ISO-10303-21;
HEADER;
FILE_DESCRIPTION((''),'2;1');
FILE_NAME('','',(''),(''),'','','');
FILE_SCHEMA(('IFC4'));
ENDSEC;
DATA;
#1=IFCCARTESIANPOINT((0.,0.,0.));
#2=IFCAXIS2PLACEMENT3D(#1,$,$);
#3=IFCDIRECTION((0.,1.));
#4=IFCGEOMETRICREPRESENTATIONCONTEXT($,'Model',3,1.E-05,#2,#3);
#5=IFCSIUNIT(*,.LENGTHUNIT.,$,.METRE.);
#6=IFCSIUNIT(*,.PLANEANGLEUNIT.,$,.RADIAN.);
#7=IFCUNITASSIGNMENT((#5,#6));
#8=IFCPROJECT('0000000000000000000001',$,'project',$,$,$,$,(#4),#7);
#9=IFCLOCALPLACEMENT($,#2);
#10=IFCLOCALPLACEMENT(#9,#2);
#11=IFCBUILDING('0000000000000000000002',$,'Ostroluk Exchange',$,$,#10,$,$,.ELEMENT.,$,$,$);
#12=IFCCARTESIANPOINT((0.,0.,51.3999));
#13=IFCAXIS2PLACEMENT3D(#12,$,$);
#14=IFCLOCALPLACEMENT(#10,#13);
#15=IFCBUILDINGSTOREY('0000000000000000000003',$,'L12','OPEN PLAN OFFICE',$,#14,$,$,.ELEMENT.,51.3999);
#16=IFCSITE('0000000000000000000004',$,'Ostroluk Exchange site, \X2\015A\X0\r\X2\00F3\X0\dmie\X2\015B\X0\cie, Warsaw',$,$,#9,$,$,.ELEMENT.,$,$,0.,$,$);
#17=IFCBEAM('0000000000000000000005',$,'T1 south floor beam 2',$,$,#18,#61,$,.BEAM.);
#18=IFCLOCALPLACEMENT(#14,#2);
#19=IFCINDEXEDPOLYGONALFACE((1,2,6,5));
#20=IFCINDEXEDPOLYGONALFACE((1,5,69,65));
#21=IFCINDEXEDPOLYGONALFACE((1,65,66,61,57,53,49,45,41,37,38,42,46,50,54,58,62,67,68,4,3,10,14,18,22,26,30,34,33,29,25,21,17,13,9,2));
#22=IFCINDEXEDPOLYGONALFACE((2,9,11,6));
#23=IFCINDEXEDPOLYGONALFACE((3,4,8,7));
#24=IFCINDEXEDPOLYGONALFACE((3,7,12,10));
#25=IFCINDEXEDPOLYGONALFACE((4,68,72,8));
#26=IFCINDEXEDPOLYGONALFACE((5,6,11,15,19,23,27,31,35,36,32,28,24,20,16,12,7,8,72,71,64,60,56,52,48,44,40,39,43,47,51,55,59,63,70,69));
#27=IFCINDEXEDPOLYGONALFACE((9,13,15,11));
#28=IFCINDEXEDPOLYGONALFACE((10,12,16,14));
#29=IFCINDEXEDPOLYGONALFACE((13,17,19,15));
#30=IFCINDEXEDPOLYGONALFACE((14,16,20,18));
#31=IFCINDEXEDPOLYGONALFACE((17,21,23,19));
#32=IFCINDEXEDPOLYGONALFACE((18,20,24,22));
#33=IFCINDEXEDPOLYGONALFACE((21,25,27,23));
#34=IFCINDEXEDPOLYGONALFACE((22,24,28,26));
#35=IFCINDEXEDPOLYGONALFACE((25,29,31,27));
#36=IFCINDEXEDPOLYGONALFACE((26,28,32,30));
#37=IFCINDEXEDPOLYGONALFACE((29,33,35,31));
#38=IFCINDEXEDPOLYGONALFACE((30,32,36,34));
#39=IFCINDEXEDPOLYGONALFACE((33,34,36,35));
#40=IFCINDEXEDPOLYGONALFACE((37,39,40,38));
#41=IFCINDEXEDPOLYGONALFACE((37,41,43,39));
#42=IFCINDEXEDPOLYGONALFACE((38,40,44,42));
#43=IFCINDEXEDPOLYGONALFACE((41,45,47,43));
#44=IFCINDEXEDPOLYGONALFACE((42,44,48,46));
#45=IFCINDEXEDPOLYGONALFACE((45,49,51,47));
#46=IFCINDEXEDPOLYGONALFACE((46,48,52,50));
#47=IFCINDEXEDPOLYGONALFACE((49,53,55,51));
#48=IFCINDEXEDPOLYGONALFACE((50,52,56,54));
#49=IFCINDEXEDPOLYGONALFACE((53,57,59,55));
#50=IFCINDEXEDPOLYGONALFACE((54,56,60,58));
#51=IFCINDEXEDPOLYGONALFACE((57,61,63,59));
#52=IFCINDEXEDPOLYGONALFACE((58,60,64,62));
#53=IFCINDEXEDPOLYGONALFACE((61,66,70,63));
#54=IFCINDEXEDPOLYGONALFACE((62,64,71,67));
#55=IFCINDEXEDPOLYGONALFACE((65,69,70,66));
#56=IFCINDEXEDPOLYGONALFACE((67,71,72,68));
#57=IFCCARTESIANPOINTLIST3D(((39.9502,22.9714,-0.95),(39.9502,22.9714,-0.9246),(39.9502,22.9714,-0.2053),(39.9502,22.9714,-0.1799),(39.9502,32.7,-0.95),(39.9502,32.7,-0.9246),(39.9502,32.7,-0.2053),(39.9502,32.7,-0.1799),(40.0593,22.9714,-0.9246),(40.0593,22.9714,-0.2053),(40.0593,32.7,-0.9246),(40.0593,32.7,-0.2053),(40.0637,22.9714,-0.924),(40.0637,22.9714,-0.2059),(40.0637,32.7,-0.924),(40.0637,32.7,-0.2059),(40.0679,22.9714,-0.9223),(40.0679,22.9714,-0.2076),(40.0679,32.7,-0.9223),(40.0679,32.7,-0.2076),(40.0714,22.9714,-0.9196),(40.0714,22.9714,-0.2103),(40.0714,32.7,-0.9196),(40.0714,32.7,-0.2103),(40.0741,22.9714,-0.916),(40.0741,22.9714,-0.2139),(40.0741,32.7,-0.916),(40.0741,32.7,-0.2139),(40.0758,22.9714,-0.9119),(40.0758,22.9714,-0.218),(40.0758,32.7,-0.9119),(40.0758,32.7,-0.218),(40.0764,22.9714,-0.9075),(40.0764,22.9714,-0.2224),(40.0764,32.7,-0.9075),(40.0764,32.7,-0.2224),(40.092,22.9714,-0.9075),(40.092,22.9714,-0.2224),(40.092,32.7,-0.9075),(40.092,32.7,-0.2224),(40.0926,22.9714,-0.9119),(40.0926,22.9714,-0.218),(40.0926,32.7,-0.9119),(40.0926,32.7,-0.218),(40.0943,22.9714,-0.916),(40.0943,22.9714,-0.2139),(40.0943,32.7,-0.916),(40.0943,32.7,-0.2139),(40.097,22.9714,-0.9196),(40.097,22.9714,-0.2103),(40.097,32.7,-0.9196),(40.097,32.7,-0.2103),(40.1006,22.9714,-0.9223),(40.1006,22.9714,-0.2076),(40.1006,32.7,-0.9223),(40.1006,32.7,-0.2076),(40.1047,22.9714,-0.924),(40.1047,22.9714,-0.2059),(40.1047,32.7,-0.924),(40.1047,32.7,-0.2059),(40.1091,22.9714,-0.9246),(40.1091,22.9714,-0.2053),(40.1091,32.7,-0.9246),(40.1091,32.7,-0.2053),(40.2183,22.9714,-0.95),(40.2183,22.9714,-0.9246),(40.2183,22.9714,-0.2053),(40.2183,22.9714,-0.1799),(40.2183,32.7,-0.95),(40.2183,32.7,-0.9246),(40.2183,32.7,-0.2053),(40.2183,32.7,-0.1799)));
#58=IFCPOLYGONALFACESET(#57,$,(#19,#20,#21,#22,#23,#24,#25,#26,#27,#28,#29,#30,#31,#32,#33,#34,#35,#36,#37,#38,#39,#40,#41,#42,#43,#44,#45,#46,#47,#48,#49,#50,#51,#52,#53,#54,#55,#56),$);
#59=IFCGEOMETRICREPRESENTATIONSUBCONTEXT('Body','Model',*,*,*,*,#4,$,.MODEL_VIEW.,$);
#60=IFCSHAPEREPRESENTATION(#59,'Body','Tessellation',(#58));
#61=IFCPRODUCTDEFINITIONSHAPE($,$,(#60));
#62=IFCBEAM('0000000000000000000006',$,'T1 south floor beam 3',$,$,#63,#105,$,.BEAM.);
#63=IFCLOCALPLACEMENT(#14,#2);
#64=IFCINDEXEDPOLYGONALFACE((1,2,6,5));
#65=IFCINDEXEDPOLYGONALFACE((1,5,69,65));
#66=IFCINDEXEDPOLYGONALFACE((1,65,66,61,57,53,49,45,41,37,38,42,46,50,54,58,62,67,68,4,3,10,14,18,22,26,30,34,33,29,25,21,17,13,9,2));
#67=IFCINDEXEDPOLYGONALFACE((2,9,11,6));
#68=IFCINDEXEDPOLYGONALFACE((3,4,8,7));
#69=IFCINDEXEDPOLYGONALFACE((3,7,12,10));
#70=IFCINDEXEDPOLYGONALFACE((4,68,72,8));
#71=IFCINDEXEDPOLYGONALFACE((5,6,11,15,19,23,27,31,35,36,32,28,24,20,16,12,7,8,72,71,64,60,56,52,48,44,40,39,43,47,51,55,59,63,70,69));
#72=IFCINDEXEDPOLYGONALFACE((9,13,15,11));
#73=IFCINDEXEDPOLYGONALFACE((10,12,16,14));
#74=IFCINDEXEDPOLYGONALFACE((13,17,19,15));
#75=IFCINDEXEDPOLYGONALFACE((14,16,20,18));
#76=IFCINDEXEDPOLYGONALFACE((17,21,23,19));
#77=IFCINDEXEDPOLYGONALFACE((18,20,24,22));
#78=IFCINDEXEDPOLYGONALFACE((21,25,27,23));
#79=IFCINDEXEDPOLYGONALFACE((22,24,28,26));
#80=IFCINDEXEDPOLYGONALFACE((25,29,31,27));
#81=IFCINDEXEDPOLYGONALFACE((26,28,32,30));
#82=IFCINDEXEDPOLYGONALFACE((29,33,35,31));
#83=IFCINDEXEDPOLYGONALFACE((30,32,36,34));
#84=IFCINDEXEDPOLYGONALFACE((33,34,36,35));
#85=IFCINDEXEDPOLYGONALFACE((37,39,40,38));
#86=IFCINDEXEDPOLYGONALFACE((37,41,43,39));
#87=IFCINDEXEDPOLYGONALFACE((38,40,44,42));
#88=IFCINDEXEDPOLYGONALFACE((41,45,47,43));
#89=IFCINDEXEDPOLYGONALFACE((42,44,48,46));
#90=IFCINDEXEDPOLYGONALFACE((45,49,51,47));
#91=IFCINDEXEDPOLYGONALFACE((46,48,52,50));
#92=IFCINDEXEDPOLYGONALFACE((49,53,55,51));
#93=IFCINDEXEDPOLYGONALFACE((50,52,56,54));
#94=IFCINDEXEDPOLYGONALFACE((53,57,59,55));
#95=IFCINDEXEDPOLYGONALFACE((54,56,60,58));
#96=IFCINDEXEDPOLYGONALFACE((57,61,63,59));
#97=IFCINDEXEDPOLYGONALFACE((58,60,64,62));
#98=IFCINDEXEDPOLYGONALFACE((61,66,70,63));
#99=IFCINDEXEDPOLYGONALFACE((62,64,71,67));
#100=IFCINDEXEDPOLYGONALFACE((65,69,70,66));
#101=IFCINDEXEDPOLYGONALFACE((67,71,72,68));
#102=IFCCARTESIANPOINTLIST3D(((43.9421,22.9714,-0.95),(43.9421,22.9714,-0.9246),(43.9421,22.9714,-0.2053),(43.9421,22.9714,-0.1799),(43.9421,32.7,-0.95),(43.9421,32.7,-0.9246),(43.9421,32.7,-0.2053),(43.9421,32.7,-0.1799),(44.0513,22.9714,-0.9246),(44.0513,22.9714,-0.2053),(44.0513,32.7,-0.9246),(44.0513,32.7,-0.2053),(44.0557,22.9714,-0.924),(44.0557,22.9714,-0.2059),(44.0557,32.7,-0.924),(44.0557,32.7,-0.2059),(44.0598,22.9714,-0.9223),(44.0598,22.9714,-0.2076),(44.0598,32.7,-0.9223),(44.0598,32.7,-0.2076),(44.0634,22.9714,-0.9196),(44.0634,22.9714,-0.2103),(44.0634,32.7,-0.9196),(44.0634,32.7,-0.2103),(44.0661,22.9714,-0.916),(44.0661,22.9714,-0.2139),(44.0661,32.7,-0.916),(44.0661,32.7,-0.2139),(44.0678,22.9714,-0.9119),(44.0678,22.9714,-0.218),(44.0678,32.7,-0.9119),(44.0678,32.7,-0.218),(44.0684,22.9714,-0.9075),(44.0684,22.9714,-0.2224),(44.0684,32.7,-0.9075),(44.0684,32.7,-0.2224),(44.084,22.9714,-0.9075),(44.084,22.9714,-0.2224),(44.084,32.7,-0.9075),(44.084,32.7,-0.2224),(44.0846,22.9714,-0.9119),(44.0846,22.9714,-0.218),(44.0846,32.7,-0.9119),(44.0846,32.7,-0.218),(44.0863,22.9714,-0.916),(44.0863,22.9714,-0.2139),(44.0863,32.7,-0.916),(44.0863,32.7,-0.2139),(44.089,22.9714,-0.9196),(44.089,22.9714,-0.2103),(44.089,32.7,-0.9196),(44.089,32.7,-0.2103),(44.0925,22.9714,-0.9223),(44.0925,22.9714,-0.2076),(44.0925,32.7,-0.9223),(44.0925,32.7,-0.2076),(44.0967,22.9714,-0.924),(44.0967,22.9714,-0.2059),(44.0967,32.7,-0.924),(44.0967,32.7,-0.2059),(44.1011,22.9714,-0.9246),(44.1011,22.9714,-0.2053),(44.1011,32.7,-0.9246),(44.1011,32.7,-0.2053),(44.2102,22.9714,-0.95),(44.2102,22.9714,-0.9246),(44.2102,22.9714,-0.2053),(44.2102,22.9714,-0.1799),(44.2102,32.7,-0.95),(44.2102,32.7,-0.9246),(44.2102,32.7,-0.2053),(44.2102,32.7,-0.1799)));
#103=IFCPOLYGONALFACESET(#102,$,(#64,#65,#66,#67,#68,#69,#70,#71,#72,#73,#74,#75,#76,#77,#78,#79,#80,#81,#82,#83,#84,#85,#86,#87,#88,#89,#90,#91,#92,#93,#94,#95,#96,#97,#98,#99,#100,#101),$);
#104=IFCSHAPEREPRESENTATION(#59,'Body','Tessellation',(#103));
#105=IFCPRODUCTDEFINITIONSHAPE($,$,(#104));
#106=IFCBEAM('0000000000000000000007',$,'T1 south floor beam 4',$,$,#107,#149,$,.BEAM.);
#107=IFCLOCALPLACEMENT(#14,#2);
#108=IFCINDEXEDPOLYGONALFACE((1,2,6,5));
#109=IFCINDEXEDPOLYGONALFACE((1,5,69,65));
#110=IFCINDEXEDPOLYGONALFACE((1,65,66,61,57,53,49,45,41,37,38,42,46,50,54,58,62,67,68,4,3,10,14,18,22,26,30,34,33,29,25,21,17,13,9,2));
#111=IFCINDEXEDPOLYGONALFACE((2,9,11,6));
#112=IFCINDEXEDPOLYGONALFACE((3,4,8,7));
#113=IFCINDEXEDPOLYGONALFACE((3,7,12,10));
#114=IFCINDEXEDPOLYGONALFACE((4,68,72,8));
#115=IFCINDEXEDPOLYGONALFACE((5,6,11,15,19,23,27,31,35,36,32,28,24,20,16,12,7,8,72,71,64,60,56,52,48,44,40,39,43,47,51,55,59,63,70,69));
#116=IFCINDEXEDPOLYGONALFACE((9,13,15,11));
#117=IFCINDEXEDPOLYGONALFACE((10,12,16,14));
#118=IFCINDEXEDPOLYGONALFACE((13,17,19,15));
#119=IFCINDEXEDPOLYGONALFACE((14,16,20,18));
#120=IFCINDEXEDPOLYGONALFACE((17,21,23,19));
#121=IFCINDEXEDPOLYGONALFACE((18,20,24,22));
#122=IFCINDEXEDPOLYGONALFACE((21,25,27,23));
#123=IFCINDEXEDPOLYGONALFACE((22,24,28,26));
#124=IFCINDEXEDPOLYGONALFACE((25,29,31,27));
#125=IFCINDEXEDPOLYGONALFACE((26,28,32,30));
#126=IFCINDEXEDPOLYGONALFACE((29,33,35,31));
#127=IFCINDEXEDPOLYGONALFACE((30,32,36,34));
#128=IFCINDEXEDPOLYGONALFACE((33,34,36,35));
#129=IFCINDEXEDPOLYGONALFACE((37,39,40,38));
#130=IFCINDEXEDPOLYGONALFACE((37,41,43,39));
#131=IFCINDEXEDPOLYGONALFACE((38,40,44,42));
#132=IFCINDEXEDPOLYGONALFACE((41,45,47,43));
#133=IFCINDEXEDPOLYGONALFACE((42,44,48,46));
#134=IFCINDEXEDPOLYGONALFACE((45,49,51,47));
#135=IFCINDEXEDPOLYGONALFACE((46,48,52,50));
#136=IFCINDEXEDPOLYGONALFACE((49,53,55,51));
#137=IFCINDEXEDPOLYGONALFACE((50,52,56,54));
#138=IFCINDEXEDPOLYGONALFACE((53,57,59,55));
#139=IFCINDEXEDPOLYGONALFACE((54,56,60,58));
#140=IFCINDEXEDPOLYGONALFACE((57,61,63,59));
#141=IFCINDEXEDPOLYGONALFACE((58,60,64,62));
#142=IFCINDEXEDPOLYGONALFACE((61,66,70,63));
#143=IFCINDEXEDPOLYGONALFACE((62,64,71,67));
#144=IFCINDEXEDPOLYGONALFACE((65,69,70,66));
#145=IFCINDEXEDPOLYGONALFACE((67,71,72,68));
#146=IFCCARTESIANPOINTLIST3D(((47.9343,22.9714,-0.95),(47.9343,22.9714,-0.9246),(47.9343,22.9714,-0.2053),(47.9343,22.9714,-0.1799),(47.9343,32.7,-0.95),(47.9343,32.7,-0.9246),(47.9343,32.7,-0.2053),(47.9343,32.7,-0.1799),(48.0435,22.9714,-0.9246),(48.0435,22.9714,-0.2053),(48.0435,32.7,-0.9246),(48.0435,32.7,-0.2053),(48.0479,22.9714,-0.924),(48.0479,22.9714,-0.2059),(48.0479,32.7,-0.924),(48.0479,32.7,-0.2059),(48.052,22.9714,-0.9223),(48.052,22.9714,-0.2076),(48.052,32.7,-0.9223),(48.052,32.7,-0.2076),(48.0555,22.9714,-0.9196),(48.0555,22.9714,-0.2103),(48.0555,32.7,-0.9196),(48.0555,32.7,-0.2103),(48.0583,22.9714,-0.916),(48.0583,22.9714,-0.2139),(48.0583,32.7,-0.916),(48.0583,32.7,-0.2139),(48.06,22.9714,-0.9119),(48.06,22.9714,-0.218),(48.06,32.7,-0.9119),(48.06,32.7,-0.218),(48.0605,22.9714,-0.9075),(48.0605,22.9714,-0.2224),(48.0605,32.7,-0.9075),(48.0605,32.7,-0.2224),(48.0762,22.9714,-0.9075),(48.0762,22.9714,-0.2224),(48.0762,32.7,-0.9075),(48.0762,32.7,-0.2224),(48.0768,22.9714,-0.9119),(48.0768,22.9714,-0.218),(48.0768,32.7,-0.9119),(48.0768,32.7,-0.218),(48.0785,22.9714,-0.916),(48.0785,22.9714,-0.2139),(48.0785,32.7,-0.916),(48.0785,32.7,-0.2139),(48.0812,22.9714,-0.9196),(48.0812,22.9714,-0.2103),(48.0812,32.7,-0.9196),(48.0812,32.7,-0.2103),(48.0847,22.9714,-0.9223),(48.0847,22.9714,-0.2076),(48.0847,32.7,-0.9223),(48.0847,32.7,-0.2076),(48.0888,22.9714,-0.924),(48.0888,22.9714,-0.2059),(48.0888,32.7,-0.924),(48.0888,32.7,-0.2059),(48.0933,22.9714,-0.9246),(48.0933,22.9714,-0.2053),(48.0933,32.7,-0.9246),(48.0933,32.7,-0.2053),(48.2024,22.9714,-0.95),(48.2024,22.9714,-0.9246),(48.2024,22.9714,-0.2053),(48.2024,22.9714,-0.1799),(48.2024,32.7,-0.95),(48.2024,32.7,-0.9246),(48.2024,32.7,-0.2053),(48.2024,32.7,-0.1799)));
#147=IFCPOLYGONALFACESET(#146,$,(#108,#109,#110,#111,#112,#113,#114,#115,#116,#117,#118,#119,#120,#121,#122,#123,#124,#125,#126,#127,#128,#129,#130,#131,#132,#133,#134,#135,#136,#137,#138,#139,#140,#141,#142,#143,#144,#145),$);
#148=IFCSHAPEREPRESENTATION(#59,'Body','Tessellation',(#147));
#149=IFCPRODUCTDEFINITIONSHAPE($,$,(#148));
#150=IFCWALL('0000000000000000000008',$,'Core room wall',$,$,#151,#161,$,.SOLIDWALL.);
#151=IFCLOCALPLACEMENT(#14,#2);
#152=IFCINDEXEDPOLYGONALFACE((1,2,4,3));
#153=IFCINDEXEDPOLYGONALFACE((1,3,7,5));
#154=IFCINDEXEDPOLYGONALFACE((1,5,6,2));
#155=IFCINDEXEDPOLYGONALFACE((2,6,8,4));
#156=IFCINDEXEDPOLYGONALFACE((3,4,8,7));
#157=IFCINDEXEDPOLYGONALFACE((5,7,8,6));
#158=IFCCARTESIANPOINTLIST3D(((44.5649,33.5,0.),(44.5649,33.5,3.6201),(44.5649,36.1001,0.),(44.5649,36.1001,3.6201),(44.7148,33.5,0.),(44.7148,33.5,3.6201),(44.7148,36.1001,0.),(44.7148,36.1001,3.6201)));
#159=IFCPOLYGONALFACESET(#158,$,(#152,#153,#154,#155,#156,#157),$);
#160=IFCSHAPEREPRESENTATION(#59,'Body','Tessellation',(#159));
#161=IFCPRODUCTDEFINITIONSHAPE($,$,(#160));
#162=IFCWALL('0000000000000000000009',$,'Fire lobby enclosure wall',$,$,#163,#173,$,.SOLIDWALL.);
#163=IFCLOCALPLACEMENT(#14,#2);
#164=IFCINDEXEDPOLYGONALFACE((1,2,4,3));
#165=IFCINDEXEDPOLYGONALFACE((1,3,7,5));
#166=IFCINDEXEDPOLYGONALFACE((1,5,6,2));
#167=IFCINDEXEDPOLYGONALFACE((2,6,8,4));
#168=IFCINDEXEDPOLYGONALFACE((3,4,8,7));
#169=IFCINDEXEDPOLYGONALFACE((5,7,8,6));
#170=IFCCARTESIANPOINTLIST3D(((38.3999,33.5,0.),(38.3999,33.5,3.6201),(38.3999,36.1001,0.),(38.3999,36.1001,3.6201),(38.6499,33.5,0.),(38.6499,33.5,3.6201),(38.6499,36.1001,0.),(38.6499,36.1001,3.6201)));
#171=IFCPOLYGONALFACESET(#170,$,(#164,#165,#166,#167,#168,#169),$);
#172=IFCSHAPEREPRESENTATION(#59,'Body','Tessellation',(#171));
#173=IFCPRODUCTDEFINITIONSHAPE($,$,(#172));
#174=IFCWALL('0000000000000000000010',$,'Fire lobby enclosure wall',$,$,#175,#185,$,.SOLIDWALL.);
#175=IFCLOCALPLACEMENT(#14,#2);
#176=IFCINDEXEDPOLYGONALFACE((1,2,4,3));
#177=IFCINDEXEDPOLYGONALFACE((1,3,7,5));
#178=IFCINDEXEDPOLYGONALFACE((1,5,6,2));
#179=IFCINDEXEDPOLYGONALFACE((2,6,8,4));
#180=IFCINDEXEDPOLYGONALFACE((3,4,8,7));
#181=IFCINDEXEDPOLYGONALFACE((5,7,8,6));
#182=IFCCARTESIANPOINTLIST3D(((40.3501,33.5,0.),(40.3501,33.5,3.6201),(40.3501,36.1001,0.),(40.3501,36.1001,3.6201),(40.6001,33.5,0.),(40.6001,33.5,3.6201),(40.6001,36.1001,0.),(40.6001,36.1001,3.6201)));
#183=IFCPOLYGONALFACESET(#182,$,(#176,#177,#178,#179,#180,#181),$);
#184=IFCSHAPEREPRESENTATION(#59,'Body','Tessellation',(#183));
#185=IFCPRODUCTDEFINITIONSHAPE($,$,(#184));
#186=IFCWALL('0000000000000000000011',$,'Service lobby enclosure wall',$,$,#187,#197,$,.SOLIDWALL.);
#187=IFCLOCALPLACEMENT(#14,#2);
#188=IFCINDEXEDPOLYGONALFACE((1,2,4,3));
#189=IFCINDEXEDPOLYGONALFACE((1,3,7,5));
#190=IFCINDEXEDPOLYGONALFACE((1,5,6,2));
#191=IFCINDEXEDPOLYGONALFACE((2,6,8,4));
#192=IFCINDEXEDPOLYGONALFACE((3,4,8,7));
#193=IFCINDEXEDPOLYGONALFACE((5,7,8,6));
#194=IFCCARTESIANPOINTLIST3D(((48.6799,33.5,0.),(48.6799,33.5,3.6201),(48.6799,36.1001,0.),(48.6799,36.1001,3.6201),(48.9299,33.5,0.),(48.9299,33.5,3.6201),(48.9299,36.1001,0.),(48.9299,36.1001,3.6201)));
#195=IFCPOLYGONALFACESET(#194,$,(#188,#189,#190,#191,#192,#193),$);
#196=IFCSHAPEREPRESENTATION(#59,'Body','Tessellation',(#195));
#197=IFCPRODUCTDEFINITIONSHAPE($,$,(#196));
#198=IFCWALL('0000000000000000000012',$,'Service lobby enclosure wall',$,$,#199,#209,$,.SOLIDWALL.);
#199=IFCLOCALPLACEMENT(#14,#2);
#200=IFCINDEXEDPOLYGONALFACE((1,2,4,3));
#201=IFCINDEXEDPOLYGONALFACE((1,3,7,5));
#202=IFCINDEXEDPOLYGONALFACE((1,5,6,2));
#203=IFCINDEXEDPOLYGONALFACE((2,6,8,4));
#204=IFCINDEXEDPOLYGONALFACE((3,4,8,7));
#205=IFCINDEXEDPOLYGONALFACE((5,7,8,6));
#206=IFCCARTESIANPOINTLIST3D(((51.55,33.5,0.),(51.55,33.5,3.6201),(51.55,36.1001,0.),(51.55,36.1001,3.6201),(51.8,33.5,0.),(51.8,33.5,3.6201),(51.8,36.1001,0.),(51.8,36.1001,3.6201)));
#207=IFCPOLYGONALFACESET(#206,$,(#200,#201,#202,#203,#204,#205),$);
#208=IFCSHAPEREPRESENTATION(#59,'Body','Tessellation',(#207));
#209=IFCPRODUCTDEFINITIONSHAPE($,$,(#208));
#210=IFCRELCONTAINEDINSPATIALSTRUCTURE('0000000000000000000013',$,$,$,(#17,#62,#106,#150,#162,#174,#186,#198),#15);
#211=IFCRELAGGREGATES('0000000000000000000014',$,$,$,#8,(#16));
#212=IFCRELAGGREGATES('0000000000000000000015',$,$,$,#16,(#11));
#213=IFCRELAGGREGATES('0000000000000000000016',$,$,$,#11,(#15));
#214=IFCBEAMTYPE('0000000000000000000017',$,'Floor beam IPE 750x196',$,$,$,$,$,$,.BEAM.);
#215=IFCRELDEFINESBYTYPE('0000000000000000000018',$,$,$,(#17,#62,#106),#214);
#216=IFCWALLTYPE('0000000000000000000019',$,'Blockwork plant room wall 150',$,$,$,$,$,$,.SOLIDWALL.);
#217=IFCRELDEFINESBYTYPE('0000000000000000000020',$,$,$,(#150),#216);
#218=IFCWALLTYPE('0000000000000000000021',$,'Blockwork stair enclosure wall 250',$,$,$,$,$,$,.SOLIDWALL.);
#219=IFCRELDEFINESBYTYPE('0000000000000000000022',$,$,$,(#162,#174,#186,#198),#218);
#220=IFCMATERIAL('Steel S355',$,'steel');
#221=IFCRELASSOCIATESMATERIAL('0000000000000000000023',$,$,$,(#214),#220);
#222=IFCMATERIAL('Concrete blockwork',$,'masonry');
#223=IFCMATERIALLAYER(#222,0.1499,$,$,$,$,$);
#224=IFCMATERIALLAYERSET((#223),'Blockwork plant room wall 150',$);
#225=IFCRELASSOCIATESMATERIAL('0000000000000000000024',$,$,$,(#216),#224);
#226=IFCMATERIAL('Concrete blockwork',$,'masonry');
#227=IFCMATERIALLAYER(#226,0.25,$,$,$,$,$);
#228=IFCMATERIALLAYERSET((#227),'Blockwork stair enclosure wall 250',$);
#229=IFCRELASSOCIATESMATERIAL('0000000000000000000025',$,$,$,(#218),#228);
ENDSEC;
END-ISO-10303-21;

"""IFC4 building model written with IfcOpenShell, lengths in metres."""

from ifc_helpers import new_model, si_unit, direction, frame, frame_2d, origin, origin_2d, place, context, subcontext, project, spatial, rectangle, i_section, extrude, material, layer, layer_set, material_profile, profile_set, type_object, element, save


model = new_model("IFC4")

# Units and contexts
model_context = context("Model", 3, precision=1e-05, world=origin(), true_north=direction((0.0, 1.0)))
body_context = subcontext(model_context, "Body", "Model", "MODEL_VIEW")
ifc_project = project(units=[si_unit("LENGTHUNIT", "METRE"), si_unit("PLANEANGLEUNIT", "RADIAN")], contexts=[model_context])

# Site, building, storey
site_placement = place(None, origin())
site = spatial("IfcSite", under=ifc_project, at=site_placement, Name="Ostroluk Exchange site, Śródmieście, Warsaw", CompositionType="ELEMENT", RefElevation=0.0)
building_placement = place(site_placement, origin())
building = spatial("IfcBuilding", under=site, at=building_placement, Name="Ostroluk Exchange", CompositionType="ELEMENT")
storey_placement = place(building_placement, frame((0.0, 0.0, 51.3999)))
storey = spatial("IfcBuildingStorey", under=building, at=storey_placement, Name="L12", Description="OPEN PLAN OFFICE", CompositionType="ELEMENT", Elevation=51.3999)

# Beams
ifc_material_1 = material(Name="Steel S355", Category="steel")
ifc_material_profile = material_profile(ifc_material_1, i_section(OverallWidth=0.2681, OverallDepth=0.77, WebThickness=0.0156, FlangeThickness=0.0254, FilletRadius=0.0171, at=origin_2d()), Name="IPE 750x196")
ifc_profile_set = profile_set([ifc_material_profile], Name="Steel S355")
beam_type = type_object("IfcBeamType", Name="Floor beam IPE 750x196", PredefinedType="BEAM", material=ifc_profile_set)
for number, where, z_axis, x_axis, name in (
    (1, (40.0842, 32.7, -0.5649), (0.0, -1.0, 0.0), (1.0, 0.0, 0.0), "T1 south floor beam 2"),
    (2, (44.0762, 32.7, -0.5649), (0.0, -1.0, 0.0), (1.0, 0.0, 0.0), "T1 south floor beam 3"),
    (3, (48.0684, 32.7, -0.5649), (0.0, -1.0, 0.0), (1.0, 0.0, 0.0), "T1 south floor beam 4"),
):
    element("IfcBeam", number, at=place(storey_placement, frame(where, z_axis=z_axis, x_axis=x_axis)), inside=storey, type_object=beam_type, Name=name, PredefinedType="BEAM", context=body_context, shape_type="SweptSolid", body=[
        extrude(i_section(OverallWidth=0.2681, OverallDepth=0.77, WebThickness=0.0156, FlangeThickness=0.0254, FilletRadius=0.0171, at=origin_2d()), origin(), (0.0, 0.0, 1.0), 9.7285),
    ])

# Walls
ifc_material_2 = material(Name="Concrete blockwork", Category="masonry")
ifc_layer_1 = layer(ifc_material_2, 0.1499)
ifc_layer_set_1 = layer_set([ifc_layer_1], Name="Blockwork plant room wall 150")
wall_type_1 = type_object("IfcWallType", Name="Blockwork plant room wall 150", PredefinedType="SOLIDWALL", material=ifc_layer_set_1)
wall_1_placement = place(storey_placement, frame((44.6399, 33.5, 0.0), z_axis=(0.0, 0.0, 1.0), x_axis=(0.0, 1.0, 0.0)))
element("IfcWall", 4, at=wall_1_placement, inside=storey, type_object=wall_type_1, Name="Core room wall", PredefinedType="SOLIDWALL", context=body_context, shape_type="SweptSolid", body=[
    extrude(rectangle(XDim=2.6001, YDim=0.1499, at=frame_2d((1.3, 0.0))), origin(), (0.0, 0.0, 1.0), 3.6201),
])
ifc_material_3 = material(Name="Concrete blockwork", Category="masonry")
ifc_layer_2 = layer(ifc_material_3, 0.25)
ifc_layer_set_2 = layer_set([ifc_layer_2], Name="Blockwork stair enclosure wall 250")
wall_type_2 = type_object("IfcWallType", Name="Blockwork stair enclosure wall 250", PredefinedType="SOLIDWALL", material=ifc_layer_set_2)
for number, where, z_axis, x_axis, name in (
    (5, (38.5249, 33.5, 0.0), (0.0, 0.0, 1.0), (0.0, 1.0, 0.0), "Fire lobby enclosure wall"),
    (6, (40.4751, 33.5, 0.0), (0.0, 0.0, 1.0), (0.0, 1.0, 0.0), "Fire lobby enclosure wall"),
    (7, (48.8049, 33.5, 0.0), (0.0, 0.0, 1.0), (0.0, 1.0, 0.0), "Service lobby enclosure wall"),
    (8, (51.675, 33.5, 0.0), (0.0, 0.0, 1.0), (0.0, 1.0, 0.0), "Service lobby enclosure wall"),
):
    element("IfcWall", number, at=place(storey_placement, frame(where, z_axis=z_axis, x_axis=x_axis)), inside=storey, type_object=wall_type_2, Name=name, PredefinedType="SOLIDWALL", context=body_context, shape_type="SweptSolid", body=[
        extrude(rectangle(XDim=2.6001, YDim=0.25, at=frame_2d((1.3, 0.0))), origin(), (0.0, 0.0, 1.0), 3.6201),
    ])

save(model, "model.ifc")
